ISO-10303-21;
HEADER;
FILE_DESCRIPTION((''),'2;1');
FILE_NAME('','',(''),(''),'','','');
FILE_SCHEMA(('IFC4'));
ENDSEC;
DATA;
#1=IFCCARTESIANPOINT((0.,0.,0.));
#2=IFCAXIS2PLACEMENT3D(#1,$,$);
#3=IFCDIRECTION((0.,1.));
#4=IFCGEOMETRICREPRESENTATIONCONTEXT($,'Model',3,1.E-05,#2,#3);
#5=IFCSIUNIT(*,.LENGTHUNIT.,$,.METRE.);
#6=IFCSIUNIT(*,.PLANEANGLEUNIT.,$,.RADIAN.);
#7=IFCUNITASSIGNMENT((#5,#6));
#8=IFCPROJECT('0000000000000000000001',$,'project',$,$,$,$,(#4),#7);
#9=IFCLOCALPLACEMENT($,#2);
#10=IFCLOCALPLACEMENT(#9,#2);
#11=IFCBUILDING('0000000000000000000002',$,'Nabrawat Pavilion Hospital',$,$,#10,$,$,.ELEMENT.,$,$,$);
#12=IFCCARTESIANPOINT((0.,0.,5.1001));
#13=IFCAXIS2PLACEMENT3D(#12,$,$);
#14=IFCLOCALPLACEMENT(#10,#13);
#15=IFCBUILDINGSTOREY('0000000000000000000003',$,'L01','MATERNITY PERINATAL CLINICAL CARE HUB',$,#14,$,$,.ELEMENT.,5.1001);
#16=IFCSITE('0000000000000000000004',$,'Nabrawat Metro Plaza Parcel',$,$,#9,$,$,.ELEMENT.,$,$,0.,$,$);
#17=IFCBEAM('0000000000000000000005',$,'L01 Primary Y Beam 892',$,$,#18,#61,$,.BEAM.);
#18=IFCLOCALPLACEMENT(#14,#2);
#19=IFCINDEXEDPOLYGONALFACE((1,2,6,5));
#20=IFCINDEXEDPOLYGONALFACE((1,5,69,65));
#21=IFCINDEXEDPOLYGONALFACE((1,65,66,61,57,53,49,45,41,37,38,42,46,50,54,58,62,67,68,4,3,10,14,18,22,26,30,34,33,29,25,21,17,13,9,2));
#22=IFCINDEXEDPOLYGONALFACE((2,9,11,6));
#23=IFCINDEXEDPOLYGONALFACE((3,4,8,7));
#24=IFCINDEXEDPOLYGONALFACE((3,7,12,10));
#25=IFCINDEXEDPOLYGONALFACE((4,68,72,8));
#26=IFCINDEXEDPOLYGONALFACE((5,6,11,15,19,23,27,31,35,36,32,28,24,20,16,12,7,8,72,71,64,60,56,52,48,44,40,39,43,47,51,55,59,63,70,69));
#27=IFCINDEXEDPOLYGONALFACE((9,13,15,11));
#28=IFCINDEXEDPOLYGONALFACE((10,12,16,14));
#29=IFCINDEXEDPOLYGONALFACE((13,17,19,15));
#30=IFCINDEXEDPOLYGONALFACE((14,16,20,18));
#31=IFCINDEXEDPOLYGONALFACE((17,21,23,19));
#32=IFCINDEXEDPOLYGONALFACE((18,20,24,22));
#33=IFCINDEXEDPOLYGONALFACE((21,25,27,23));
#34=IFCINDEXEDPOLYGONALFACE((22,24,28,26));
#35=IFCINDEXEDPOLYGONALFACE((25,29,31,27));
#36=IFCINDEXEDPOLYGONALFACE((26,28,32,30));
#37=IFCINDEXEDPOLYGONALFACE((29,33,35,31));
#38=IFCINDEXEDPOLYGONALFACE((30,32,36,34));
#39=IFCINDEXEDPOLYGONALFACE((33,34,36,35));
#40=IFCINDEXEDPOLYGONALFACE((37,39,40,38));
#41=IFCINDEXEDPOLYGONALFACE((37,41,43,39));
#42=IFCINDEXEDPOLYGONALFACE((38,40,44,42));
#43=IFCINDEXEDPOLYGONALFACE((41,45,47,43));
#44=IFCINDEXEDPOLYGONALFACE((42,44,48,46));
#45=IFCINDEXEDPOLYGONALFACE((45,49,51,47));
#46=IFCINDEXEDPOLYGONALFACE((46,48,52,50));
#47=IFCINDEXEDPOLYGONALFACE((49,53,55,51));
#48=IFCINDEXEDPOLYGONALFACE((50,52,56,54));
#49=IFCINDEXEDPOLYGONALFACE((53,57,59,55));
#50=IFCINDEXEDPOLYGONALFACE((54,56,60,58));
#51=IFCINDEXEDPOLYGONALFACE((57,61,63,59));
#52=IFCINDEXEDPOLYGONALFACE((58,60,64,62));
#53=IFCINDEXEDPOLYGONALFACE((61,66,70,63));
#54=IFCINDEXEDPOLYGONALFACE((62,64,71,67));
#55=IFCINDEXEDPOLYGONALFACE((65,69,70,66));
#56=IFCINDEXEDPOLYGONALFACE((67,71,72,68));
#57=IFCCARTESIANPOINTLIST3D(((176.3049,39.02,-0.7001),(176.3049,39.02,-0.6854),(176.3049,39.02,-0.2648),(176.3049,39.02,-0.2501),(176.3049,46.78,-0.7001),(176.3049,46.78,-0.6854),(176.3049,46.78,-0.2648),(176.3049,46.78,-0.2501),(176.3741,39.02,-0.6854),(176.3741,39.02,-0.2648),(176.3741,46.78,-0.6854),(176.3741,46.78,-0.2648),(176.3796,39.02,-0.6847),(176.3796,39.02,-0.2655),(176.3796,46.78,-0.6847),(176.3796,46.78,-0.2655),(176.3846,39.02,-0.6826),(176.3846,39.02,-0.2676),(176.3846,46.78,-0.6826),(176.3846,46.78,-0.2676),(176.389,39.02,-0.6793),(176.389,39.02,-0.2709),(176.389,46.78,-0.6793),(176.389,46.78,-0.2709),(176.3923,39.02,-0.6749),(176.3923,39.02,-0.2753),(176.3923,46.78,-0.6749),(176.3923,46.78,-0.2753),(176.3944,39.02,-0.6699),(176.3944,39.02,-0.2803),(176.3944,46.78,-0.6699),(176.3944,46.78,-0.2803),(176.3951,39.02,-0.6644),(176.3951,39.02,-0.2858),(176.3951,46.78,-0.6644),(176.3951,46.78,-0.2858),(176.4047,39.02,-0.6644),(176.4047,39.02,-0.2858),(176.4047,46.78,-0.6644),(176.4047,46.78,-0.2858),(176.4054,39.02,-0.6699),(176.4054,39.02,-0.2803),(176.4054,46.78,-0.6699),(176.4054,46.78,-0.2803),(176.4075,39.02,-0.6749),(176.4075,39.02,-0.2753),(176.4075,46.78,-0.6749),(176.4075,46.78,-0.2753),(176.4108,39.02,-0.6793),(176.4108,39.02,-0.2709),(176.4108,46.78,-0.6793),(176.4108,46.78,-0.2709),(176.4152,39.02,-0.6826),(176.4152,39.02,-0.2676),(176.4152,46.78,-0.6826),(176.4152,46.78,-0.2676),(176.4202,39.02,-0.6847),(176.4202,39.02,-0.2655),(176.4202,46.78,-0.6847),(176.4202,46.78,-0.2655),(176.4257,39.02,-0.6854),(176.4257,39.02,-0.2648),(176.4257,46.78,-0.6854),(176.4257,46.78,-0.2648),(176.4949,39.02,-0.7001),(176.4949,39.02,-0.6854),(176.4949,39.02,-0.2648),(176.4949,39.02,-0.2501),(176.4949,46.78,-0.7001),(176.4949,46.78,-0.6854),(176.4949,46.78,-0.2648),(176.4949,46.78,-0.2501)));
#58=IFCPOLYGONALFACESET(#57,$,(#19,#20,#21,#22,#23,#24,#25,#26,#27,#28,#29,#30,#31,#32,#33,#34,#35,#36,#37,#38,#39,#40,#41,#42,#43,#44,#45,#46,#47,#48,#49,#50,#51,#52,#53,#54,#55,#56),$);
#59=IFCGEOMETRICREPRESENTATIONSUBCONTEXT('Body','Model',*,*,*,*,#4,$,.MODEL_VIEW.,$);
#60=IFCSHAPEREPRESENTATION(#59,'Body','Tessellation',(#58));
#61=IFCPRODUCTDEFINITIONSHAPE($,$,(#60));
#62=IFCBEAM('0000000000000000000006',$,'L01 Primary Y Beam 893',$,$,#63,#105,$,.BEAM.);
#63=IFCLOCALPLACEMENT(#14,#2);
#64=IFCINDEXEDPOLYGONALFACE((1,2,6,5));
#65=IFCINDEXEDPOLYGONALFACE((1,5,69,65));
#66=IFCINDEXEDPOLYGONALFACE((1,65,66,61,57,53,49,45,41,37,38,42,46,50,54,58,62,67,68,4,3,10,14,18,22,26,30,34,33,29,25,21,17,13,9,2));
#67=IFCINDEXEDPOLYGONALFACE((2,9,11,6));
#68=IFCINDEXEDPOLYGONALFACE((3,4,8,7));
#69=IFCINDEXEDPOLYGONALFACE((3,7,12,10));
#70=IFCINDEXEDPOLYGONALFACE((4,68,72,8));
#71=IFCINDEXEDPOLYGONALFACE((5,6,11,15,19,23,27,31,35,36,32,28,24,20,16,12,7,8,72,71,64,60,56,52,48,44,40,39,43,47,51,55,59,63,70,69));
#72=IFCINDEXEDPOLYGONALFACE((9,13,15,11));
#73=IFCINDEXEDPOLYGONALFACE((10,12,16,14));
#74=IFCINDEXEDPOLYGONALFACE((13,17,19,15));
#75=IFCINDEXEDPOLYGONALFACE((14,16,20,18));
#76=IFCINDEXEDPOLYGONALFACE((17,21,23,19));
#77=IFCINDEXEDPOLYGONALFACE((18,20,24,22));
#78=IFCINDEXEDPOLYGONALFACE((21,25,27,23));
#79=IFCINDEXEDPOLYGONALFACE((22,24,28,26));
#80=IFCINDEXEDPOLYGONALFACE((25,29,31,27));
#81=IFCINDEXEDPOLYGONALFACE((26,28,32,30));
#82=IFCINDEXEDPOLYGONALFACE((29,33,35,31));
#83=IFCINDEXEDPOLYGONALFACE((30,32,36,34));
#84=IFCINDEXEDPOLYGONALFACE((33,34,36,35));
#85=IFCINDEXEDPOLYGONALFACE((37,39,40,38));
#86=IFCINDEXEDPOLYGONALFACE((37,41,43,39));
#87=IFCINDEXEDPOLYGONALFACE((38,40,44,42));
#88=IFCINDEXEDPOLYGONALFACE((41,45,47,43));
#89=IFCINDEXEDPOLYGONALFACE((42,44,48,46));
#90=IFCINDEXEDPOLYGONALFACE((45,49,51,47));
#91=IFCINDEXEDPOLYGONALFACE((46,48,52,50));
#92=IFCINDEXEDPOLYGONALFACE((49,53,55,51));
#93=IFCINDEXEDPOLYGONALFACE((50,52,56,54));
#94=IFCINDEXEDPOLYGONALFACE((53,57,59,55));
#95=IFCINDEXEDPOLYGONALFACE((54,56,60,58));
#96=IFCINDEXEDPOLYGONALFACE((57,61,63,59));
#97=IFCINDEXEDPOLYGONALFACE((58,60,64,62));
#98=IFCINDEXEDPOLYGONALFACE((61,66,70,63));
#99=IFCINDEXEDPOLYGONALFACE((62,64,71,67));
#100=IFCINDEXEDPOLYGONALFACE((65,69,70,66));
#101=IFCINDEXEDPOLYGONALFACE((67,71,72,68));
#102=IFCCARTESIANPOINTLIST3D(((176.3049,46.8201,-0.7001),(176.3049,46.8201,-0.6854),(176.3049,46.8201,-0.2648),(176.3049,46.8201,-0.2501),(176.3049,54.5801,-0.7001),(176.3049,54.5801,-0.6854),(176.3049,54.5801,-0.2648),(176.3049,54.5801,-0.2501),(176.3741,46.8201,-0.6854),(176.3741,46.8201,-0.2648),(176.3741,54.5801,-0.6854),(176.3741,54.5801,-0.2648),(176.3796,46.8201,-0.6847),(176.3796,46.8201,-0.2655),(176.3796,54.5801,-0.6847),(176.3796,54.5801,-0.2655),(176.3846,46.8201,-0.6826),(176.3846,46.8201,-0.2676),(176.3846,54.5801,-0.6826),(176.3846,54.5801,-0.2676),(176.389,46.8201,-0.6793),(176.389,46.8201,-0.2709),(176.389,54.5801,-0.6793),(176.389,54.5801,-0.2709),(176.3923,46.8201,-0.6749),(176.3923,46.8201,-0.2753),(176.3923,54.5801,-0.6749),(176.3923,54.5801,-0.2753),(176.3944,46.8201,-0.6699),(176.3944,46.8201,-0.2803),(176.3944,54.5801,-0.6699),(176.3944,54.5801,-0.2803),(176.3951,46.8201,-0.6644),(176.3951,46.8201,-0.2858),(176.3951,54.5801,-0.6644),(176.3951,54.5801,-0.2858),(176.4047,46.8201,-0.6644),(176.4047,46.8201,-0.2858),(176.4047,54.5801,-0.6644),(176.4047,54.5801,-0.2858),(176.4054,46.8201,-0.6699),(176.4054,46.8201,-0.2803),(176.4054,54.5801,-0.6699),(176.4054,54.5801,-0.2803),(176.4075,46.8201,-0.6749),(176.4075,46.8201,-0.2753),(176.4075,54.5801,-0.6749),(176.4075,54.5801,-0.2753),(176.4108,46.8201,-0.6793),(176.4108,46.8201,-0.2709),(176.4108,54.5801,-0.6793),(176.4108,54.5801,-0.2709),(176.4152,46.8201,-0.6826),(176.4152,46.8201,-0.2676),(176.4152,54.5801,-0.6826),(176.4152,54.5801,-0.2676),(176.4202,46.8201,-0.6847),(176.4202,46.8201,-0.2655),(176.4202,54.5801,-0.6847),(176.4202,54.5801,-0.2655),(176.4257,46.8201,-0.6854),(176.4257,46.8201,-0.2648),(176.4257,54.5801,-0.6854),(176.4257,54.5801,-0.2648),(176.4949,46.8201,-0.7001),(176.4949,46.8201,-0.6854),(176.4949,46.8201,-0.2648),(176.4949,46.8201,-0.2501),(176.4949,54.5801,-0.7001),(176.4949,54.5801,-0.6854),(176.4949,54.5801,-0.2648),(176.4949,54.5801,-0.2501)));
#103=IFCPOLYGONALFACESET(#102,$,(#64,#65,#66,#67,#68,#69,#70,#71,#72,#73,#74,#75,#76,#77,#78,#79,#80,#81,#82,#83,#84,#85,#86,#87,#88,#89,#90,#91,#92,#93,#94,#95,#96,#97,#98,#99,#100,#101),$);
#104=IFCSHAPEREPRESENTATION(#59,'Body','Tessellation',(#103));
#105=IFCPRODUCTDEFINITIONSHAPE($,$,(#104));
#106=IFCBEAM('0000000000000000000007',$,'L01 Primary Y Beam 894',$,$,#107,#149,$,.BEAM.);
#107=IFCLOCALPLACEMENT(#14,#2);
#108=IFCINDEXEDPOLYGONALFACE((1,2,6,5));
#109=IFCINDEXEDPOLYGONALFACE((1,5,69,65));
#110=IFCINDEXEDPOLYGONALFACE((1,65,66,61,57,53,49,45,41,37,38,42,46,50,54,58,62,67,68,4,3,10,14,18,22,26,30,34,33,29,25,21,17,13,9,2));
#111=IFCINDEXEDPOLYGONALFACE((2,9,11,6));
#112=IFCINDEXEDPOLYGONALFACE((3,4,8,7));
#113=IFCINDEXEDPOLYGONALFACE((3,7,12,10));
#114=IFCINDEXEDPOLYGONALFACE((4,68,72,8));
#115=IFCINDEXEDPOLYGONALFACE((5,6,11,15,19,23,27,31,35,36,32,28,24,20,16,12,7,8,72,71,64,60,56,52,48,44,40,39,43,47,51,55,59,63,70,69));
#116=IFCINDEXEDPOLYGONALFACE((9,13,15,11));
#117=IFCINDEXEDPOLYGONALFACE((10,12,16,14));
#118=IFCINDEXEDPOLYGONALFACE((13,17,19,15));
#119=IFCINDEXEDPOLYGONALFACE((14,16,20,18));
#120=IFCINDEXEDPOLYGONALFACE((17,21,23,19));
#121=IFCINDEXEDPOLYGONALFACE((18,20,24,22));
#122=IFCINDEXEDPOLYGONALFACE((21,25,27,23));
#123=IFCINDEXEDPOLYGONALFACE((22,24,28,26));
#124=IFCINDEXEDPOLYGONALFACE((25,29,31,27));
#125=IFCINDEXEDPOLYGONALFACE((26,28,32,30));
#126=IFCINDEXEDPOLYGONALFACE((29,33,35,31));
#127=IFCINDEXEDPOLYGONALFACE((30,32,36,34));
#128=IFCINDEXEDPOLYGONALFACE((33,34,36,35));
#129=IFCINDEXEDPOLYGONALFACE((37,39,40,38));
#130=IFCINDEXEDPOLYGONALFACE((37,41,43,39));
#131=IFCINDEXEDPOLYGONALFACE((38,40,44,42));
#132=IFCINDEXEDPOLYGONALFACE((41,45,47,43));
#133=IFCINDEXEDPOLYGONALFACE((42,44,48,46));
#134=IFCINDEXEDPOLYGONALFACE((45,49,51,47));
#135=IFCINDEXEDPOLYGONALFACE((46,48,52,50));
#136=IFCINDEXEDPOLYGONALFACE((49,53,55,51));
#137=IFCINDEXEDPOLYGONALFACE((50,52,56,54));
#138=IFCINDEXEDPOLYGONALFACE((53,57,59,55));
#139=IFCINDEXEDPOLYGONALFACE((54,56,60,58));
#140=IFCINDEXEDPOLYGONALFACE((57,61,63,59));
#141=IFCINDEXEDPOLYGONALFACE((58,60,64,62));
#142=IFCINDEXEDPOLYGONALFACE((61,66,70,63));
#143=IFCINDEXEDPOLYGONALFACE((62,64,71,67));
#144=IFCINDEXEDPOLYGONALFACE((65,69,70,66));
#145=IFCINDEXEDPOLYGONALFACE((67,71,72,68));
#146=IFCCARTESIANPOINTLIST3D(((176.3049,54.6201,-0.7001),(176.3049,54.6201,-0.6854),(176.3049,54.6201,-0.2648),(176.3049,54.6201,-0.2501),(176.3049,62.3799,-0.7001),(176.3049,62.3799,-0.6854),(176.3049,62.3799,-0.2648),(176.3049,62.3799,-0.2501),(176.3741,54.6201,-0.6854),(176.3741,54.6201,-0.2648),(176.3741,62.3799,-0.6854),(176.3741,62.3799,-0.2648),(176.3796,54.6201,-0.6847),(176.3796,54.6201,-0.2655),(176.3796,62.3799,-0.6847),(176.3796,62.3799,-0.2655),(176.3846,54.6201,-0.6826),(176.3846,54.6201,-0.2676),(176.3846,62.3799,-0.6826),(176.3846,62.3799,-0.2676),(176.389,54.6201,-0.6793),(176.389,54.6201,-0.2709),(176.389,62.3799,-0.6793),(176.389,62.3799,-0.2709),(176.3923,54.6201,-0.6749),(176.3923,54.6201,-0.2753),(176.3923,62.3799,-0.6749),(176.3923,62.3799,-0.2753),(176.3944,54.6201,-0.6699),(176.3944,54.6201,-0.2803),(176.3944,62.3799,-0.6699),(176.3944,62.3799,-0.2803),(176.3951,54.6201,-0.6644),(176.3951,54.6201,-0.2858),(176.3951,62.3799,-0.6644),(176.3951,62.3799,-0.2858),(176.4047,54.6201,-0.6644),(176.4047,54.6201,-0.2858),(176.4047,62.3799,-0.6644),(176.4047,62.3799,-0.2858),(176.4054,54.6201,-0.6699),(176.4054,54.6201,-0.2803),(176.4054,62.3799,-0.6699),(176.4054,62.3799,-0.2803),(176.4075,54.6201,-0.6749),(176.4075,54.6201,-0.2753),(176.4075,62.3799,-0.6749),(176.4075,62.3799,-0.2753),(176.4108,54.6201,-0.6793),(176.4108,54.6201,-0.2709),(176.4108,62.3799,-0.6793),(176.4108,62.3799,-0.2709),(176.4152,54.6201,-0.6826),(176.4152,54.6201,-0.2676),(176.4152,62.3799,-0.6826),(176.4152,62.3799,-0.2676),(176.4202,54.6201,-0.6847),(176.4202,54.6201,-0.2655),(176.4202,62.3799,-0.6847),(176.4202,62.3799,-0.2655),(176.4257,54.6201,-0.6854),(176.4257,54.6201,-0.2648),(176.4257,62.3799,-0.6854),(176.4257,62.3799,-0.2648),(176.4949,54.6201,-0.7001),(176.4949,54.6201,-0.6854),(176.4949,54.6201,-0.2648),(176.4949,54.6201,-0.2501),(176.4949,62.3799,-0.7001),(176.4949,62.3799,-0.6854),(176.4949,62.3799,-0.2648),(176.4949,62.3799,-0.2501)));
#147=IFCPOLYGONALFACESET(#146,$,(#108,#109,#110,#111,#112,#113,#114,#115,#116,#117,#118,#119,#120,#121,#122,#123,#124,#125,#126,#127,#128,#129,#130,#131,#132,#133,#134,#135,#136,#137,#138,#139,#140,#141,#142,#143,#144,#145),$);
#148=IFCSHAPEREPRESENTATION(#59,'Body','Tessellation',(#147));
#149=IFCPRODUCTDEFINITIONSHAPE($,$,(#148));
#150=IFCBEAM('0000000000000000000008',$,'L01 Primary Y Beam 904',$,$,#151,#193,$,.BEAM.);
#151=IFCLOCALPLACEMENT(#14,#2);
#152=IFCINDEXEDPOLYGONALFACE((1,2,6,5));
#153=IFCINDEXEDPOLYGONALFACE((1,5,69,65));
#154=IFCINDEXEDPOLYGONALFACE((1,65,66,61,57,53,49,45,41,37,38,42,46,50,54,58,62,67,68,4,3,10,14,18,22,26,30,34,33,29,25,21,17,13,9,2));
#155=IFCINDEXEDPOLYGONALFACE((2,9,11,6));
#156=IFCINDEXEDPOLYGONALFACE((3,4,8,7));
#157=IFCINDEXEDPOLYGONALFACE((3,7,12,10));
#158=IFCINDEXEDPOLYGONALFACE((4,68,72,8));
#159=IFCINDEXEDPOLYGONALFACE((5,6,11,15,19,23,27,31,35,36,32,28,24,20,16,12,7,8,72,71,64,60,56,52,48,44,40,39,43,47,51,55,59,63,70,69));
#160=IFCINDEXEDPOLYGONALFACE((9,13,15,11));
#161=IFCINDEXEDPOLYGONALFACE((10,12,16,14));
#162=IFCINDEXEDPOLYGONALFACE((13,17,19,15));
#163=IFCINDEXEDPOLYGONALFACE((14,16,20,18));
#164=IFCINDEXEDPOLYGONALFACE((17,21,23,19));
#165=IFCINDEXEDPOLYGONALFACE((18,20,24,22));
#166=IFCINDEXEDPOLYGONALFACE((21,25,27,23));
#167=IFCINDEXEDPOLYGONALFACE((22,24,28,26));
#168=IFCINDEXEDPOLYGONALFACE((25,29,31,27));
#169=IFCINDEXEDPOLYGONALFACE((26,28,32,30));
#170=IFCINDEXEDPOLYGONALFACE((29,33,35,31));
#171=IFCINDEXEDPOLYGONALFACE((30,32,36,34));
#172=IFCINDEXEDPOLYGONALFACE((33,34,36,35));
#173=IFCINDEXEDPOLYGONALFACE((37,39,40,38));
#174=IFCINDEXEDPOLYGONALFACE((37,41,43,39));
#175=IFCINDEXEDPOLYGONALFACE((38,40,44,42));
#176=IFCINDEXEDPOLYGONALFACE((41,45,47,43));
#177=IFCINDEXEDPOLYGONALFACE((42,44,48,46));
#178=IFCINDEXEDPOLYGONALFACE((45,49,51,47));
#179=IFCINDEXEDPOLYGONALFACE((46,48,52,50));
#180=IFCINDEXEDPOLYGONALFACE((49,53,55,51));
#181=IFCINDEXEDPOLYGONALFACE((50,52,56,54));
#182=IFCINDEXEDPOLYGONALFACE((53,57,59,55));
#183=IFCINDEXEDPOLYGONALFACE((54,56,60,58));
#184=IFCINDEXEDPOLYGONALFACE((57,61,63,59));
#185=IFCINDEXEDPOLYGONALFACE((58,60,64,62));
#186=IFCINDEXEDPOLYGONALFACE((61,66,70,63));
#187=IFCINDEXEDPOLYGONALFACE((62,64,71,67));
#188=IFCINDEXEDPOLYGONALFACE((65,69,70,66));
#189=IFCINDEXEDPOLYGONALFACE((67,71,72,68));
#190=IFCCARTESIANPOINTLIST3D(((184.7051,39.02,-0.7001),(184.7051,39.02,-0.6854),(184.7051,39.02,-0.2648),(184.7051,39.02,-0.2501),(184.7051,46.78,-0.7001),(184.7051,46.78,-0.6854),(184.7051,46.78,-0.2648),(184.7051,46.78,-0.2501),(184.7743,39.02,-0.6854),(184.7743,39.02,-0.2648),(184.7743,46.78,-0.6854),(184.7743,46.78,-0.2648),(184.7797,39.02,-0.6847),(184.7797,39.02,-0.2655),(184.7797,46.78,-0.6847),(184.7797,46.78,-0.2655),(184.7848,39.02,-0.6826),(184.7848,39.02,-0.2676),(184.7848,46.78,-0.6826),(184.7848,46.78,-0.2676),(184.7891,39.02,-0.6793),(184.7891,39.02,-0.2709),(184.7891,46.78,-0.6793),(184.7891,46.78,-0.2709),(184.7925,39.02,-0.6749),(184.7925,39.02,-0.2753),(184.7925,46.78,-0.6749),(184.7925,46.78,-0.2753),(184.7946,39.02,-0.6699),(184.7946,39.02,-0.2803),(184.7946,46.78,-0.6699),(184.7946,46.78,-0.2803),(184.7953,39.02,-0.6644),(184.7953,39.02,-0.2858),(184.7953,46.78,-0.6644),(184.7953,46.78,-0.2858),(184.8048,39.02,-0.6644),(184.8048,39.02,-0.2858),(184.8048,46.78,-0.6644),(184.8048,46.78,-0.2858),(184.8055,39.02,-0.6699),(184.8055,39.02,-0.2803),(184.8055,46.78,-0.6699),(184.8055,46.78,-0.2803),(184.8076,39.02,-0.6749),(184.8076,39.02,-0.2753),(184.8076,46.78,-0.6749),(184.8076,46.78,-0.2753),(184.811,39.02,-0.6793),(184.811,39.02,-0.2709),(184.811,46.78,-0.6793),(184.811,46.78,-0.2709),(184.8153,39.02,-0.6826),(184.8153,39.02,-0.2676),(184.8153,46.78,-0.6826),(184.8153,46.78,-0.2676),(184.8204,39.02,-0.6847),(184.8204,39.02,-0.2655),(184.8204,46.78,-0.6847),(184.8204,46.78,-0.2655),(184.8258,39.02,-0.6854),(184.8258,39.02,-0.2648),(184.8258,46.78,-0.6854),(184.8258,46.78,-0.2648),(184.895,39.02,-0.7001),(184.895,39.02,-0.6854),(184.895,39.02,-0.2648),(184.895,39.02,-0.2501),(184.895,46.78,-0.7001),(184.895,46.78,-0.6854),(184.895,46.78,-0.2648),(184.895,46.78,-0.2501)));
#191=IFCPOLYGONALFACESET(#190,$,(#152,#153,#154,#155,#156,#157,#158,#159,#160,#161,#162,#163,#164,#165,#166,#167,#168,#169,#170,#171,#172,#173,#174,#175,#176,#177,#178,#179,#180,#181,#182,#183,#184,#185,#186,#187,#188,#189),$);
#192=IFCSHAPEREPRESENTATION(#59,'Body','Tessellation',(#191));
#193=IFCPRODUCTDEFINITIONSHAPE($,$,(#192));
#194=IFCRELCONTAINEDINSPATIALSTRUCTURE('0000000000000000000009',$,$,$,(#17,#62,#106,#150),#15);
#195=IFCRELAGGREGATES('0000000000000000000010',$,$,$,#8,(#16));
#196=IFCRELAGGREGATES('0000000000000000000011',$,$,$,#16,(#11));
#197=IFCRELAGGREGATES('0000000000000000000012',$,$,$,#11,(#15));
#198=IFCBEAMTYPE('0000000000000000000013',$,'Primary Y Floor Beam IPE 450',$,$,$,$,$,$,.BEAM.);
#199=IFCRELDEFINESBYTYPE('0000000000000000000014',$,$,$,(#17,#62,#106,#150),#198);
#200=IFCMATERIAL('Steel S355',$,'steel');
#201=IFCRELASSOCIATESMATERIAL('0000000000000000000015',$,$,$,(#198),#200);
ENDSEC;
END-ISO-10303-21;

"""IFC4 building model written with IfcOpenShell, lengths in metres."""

from ifc_helpers import new_model, si_unit, direction, frame, origin, origin_2d, place, context, subcontext, project, spatial, i_section, extrude, material, material_profile, profile_set, type_object, element, save


model = new_model("IFC4")

# Units and contexts
model_context = context("Model", 3, precision=1e-05, world=origin(), true_north=direction((0.0, 1.0)))
body_context = subcontext(model_context, "Body", "Model", "MODEL_VIEW")
ifc_project = project(units=[si_unit("LENGTHUNIT", "METRE"), si_unit("PLANEANGLEUNIT", "RADIAN")], contexts=[model_context])

# Site, building, storey
site_placement = place(None, origin())
site = spatial("IfcSite", under=ifc_project, at=site_placement, Name="Nabrawat Metro Plaza Parcel", CompositionType="ELEMENT", RefElevation=0.0)
building_placement = place(site_placement, origin())
building = spatial("IfcBuilding", under=site, at=building_placement, Name="Nabrawat Pavilion Hospital", CompositionType="ELEMENT")
storey_placement = place(building_placement, frame((0.0, 0.0, 5.1001)))
storey = spatial("IfcBuildingStorey", under=building, at=storey_placement, Name="L01", Description="MATERNITY PERINATAL CLINICAL CARE HUB", CompositionType="ELEMENT", Elevation=5.1001)

# Shared definitions
ifc_material_1 = material(Name="Steel S355", Category="steel")

# Beams
ifc_material_profile_1 = material_profile(ifc_material_1, i_section(OverallWidth=0.1899, OverallDepth=0.45, WebThickness=0.0095, FlangeThickness=0.0146, FilletRadius=0.021, at=origin_2d()), Name="IPE 450")
ifc_profile_set_1 = profile_set([ifc_material_profile_1], Name="Steel S355")
beam_type_1 = type_object("IfcBeamType", Name="Primary Y Floor Beam IPE 450", PredefinedType="BEAM", material=ifc_profile_set_1)
for number, where, z_axis, x_axis, name in (
    (1, (176.3999, 39.02, -0.4751), (0.0, 1.0, 0.0), (-1.0, 0.0, 0.0), "L01 Primary Y Beam 892"),
    (2, (176.3999, 46.8201, -0.4751), (0.0, 1.0, 0.0), (-1.0, 0.0, 0.0), "L01 Primary Y Beam 893"),
):
    element("IfcBeam", number, at=place(storey_placement, frame(where, z_axis=z_axis, x_axis=x_axis)), inside=storey, type_object=beam_type_1, Name=name, PredefinedType="BEAM", context=body_context, shape_type="SweptSolid", body=[
        extrude(i_section(OverallWidth=0.1899, OverallDepth=0.45, WebThickness=0.0095, FlangeThickness=0.0146, FilletRadius=0.021, at=origin_2d()), origin(), (0.0, 0.0, 1.0), 7.76),
    ])
beam_1_placement = place(storey_placement, frame((176.3999, 54.6201, -0.4751), z_axis=(0.0, 1.0, 0.0), x_axis=(-1.0, 0.0, 0.0)))
element("IfcBeam", 3, at=beam_1_placement, inside=storey, type_object=beam_type_1, Name="L01 Primary Y Beam 894", PredefinedType="BEAM", context=body_context, shape_type="SweptSolid", body=[
    extrude(i_section(OverallWidth=0.1899, OverallDepth=0.45, WebThickness=0.0095, FlangeThickness=0.0146, FilletRadius=0.021, at=origin_2d()), origin(), (0.0, 0.0, 1.0), 7.7598),
])
for number, where, z_axis, x_axis, name in (
    (4, (184.8, 39.02, -0.4751), (0.0, 1.0, 0.0), (-1.0, 0.0, 0.0), "L01 Primary Y Beam 904"),
):
    element("IfcBeam", number, at=place(storey_placement, frame(where, z_axis=z_axis, x_axis=x_axis)), inside=storey, type_object=beam_type_1, Name=name, PredefinedType="BEAM", context=body_context, shape_type="SweptSolid", body=[
        extrude(i_section(OverallWidth=0.1899, OverallDepth=0.45, WebThickness=0.0095, FlangeThickness=0.0146, FilletRadius=0.021, at=origin_2d()), origin(), (0.0, 0.0, 1.0), 7.76),
    ])

save(model, "model.ifc")
